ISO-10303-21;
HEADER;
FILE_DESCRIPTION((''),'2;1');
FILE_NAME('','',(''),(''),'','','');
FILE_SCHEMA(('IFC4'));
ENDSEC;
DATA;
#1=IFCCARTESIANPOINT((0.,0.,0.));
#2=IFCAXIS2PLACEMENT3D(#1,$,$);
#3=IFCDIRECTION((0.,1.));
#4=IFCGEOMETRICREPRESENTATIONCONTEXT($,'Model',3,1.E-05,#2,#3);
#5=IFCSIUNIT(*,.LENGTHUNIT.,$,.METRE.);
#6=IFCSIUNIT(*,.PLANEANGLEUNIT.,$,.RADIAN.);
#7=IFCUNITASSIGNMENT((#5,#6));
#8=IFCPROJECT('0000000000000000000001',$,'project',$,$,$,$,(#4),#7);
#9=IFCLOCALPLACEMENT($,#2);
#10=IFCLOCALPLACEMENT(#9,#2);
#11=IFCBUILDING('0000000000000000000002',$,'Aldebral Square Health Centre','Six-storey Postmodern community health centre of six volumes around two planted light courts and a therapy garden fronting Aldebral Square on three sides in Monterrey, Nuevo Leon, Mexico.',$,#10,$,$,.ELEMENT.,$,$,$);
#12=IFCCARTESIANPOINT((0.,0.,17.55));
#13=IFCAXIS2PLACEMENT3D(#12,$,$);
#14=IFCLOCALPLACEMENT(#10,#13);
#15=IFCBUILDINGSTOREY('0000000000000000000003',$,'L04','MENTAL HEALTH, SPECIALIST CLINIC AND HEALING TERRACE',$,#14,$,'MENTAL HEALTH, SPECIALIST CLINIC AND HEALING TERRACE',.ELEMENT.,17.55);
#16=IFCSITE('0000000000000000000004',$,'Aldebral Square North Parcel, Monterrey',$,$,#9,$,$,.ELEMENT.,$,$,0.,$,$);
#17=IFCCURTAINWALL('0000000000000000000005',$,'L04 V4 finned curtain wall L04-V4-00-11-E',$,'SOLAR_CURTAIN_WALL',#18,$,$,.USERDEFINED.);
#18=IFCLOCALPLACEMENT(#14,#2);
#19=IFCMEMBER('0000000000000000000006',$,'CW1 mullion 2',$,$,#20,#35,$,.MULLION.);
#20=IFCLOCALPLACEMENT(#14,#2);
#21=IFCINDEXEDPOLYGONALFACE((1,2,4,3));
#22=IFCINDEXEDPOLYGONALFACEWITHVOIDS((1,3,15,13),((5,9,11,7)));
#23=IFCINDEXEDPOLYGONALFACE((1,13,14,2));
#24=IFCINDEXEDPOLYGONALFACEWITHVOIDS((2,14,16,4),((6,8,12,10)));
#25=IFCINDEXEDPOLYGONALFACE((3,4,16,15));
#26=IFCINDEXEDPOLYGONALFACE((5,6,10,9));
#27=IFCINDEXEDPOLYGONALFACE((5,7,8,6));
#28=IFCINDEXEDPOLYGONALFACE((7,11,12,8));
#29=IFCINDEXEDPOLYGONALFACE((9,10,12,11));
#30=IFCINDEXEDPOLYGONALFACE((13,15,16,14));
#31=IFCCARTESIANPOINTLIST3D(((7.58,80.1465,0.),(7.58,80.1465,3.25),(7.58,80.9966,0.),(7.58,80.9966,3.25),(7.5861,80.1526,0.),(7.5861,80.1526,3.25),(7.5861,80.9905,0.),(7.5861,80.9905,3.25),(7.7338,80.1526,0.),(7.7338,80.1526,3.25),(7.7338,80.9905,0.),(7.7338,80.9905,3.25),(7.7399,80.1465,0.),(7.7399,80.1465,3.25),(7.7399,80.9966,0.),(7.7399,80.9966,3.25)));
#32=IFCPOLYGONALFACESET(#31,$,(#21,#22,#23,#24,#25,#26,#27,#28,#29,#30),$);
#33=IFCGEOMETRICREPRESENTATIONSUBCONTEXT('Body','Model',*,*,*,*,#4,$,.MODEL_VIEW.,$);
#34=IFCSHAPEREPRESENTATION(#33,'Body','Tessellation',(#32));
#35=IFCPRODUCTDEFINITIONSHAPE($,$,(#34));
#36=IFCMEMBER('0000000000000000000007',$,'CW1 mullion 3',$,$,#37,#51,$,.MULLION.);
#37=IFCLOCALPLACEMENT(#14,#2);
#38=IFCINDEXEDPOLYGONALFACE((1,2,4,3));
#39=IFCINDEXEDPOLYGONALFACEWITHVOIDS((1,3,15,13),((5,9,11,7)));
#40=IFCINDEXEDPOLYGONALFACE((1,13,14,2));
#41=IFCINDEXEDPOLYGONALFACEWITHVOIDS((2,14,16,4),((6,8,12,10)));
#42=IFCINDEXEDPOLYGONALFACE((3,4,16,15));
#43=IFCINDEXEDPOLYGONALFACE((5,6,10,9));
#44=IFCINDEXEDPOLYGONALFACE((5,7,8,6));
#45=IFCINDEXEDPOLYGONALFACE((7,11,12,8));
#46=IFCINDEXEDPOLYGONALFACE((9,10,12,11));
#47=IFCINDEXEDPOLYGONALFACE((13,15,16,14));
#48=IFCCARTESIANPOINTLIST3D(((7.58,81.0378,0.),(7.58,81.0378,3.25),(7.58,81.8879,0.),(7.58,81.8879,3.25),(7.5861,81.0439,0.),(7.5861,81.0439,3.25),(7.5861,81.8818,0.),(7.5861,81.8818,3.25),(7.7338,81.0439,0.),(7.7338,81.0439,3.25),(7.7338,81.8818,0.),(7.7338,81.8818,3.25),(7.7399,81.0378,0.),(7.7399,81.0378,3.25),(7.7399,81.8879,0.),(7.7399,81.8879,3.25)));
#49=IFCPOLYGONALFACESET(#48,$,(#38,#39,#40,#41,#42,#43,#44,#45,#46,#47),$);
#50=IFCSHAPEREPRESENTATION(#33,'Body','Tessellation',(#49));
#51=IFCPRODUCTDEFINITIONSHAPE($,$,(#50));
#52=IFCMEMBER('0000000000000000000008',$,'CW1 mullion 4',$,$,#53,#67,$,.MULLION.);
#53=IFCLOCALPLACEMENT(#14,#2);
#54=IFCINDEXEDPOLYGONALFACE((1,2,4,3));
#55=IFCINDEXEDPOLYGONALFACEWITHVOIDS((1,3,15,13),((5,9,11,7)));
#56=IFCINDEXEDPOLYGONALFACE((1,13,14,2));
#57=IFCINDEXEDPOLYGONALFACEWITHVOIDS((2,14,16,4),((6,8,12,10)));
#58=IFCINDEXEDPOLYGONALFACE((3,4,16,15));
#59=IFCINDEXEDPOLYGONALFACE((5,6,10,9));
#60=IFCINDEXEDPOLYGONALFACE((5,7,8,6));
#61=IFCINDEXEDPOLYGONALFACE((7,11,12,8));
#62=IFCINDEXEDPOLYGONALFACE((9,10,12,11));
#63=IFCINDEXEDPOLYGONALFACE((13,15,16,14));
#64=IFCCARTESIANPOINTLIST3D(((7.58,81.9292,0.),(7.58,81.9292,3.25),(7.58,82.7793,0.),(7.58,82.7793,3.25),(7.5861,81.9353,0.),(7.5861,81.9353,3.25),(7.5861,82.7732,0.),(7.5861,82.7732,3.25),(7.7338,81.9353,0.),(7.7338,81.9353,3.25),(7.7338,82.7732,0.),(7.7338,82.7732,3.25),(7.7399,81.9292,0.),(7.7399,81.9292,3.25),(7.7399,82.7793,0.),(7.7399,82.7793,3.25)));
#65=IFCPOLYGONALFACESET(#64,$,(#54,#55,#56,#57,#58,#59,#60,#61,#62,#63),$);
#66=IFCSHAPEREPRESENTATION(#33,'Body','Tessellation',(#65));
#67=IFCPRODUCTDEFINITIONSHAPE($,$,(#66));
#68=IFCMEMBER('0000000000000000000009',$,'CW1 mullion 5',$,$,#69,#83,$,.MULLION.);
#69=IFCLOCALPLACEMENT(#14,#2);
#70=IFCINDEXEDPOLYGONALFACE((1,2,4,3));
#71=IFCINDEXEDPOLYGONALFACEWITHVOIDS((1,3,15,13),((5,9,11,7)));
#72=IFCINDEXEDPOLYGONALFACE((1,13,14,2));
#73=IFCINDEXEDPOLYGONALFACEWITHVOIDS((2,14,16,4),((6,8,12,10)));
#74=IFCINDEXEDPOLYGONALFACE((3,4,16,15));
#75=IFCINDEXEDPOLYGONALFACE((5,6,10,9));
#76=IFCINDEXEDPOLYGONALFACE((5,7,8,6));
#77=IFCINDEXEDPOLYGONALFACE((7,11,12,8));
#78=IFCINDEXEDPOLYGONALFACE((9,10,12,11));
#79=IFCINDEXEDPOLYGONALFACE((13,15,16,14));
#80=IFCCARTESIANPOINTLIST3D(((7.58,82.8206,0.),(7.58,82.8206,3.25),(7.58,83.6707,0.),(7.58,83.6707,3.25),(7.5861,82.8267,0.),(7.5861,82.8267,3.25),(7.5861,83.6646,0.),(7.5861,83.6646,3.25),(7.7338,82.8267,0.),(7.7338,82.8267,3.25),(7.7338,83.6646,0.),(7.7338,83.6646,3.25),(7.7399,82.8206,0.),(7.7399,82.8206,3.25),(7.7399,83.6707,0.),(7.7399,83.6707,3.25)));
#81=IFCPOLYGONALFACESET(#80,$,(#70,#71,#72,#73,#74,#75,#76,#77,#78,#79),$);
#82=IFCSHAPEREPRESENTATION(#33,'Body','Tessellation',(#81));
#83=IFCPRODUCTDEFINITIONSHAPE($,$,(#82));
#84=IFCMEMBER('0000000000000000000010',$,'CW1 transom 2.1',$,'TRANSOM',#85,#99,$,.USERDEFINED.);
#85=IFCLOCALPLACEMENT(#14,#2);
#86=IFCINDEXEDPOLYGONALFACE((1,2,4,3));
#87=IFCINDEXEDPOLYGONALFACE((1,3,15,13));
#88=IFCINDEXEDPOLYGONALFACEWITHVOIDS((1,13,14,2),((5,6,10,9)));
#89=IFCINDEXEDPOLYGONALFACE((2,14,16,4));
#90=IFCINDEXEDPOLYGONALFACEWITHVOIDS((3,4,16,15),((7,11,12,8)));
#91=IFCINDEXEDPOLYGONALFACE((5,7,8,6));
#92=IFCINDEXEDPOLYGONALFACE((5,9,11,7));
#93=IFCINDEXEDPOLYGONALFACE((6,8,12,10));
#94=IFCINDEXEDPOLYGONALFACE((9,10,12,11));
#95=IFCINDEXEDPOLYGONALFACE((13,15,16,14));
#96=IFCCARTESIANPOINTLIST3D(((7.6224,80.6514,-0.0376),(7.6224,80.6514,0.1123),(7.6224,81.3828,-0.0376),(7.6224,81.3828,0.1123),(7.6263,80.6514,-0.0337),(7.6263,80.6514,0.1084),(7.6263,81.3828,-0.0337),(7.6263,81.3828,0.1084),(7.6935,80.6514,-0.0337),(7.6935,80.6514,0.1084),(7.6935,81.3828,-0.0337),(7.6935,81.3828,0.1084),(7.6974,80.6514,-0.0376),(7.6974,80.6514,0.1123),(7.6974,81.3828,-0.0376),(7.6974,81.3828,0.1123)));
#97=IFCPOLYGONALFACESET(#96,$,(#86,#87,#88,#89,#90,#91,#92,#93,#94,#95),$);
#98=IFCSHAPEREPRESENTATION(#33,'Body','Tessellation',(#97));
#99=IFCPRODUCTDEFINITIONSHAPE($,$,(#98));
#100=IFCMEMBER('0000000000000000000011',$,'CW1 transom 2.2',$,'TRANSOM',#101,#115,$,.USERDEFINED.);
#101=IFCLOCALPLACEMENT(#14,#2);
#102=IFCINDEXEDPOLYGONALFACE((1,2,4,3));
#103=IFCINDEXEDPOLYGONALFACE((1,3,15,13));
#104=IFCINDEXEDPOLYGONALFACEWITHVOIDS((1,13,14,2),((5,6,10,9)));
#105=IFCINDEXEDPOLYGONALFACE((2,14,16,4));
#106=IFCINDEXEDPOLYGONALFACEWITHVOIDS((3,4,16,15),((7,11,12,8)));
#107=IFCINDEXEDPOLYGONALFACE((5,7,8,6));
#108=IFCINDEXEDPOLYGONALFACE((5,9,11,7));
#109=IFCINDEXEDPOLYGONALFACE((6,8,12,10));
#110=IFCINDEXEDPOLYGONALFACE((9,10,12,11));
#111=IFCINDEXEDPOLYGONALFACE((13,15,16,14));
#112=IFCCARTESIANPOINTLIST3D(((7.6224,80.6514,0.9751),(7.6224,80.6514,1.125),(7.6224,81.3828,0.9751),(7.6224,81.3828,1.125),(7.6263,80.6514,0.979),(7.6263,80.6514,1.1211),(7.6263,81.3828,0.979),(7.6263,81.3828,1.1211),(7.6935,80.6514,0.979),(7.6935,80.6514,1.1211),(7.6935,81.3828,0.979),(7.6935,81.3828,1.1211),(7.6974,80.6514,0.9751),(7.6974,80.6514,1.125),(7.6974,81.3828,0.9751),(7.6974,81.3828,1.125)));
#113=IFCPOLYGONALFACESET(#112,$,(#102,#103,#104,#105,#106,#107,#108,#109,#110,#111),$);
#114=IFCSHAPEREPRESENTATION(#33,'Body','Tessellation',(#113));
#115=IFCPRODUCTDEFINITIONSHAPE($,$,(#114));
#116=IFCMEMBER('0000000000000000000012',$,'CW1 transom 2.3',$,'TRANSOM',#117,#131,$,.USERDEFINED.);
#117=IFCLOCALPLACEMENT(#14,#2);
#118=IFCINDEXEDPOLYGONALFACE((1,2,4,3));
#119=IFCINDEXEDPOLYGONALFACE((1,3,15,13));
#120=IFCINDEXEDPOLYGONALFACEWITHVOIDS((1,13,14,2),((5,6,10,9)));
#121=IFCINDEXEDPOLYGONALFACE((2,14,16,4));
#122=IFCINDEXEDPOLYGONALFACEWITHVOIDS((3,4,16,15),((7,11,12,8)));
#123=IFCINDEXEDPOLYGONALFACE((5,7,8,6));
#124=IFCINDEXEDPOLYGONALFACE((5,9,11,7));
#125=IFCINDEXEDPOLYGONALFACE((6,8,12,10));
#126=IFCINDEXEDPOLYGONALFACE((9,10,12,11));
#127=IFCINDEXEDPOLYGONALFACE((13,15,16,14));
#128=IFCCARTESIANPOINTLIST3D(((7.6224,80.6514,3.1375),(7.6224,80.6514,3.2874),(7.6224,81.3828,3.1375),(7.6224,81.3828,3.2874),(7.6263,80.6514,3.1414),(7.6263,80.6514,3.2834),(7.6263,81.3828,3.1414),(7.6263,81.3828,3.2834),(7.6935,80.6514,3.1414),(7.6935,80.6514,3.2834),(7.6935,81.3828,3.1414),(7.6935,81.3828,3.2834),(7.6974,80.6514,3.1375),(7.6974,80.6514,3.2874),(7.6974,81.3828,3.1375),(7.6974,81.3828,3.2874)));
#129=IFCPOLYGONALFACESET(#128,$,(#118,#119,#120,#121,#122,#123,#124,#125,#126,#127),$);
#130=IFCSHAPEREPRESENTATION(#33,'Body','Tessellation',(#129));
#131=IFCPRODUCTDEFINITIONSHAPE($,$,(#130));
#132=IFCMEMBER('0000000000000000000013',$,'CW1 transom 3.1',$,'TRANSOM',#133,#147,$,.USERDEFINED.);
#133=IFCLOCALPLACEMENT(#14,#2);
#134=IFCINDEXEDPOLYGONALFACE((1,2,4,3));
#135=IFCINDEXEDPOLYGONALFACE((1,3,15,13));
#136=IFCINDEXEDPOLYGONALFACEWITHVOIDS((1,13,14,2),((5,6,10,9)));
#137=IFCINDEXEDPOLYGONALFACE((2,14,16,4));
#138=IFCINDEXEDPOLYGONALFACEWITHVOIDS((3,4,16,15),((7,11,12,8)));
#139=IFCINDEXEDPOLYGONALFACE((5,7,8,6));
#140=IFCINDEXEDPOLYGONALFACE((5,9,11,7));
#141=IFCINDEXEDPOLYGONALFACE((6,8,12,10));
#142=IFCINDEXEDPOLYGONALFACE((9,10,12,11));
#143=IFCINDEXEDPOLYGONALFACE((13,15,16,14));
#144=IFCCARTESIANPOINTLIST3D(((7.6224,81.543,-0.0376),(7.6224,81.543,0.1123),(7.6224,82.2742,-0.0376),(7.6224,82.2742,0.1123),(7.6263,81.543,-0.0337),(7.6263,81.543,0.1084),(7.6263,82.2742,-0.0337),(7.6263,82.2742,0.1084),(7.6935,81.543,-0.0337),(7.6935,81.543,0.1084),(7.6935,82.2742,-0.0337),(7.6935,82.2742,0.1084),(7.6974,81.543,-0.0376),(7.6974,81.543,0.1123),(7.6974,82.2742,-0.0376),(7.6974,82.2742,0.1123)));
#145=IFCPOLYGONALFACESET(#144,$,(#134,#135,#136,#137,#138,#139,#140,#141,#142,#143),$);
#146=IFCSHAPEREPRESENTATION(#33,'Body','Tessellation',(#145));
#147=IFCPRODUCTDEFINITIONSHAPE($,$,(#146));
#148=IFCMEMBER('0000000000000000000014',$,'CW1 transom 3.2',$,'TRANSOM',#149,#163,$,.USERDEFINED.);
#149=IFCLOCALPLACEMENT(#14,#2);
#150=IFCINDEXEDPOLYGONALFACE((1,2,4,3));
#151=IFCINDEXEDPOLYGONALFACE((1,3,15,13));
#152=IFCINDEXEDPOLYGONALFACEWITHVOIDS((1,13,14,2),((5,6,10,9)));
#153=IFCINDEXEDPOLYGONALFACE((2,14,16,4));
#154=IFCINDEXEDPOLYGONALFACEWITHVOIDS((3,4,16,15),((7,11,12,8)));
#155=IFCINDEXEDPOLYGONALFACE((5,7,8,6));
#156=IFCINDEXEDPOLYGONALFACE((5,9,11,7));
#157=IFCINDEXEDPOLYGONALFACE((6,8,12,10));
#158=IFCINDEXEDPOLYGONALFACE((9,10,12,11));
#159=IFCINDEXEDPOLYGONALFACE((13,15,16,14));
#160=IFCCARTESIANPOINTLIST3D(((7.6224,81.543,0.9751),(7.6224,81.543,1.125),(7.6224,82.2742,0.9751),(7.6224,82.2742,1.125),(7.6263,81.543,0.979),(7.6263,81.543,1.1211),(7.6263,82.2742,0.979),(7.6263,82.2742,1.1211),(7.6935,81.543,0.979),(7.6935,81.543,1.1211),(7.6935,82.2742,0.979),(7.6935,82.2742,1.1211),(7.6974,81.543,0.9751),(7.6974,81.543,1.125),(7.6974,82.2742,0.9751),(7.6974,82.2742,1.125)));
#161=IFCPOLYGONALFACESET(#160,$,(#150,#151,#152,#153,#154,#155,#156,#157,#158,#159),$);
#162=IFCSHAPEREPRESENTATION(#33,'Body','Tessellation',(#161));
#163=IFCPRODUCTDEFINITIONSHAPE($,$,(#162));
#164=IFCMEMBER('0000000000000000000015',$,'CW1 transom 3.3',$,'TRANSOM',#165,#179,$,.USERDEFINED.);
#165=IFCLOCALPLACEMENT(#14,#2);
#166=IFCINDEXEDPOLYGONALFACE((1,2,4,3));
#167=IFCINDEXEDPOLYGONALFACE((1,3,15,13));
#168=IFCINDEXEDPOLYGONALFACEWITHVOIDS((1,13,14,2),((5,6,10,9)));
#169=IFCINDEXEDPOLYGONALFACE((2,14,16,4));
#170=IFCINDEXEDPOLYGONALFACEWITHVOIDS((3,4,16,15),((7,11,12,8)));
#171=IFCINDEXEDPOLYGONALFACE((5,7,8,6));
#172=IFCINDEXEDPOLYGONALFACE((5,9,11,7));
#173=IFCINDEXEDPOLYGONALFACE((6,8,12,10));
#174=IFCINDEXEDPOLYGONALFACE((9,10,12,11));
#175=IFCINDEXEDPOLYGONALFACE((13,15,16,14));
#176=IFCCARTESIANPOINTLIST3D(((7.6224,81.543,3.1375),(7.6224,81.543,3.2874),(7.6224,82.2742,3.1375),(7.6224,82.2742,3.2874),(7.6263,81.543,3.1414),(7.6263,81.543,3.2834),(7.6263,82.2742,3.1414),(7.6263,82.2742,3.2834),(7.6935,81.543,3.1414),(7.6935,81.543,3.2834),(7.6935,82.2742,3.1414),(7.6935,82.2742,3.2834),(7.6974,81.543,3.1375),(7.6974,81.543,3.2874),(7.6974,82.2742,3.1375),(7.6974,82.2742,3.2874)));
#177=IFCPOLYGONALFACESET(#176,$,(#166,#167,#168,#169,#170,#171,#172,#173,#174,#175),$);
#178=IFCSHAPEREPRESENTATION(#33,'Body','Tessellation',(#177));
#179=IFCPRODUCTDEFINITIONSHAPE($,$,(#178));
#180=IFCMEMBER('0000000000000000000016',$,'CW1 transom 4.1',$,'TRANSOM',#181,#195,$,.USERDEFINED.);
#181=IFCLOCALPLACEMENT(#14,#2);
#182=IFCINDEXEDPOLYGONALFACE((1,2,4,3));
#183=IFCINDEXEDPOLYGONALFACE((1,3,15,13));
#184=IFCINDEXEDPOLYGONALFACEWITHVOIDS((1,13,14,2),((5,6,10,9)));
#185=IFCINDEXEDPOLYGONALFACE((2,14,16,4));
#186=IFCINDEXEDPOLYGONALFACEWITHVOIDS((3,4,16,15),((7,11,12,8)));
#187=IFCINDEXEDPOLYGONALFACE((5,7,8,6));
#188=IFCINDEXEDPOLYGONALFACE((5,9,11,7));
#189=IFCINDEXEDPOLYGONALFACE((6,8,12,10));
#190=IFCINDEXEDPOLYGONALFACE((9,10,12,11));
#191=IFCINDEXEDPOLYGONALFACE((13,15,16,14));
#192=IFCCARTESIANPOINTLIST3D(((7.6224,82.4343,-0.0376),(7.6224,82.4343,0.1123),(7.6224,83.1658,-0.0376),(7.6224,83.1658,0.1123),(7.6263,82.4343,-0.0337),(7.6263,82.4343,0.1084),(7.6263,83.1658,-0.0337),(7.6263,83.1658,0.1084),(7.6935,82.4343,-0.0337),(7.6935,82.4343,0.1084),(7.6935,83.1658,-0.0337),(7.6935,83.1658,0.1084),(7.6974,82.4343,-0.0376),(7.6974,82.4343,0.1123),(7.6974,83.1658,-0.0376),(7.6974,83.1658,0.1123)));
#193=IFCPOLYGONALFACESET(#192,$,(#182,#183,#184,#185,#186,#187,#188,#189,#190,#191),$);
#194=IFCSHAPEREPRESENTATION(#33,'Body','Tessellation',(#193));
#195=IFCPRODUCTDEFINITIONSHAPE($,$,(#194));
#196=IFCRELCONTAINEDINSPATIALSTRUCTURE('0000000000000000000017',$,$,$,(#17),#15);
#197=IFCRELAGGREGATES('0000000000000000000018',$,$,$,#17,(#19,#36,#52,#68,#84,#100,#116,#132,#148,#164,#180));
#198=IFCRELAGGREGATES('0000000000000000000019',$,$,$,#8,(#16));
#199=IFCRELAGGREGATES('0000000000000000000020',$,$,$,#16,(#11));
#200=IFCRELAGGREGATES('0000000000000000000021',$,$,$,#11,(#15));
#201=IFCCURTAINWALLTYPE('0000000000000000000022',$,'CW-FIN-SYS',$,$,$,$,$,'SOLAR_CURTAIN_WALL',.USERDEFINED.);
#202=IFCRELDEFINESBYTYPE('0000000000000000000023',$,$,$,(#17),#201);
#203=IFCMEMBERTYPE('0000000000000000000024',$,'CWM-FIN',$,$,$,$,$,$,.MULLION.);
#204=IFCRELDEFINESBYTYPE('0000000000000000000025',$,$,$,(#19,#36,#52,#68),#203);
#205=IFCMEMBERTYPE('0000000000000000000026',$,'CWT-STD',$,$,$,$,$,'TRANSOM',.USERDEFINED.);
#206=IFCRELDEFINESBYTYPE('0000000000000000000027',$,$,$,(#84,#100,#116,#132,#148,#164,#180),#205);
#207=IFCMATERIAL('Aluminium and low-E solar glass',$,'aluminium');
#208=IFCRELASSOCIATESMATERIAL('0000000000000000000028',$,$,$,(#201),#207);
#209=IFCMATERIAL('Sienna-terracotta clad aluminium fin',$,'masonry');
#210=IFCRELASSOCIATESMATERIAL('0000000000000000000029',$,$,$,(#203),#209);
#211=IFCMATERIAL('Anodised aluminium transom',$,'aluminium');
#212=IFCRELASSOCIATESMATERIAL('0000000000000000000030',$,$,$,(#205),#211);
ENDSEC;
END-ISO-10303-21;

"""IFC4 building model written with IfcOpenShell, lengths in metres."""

from ifc_helpers import new_model, si_unit, direction, frame, origin, origin_2d, place, context, subcontext, project, spatial, hollow_rectangle, extrude, material, material_profile, profile_set, type_object, element, aggregate, save


model = new_model("IFC4")

# Units and contexts
model_context = context("Model", 3, precision=1e-05, world=origin(), true_north=direction((0.0, 1.0)))
body_context = subcontext(model_context, "Body", "Model", "MODEL_VIEW")
ifc_project = project(units=[si_unit("LENGTHUNIT", "METRE"), si_unit("PLANEANGLEUNIT", "RADIAN")], contexts=[model_context])

# Site, building, storey
site_placement = place(None, origin())
site = spatial("IfcSite", under=ifc_project, at=site_placement, Name="Aldebral Square North Parcel, Monterrey", CompositionType="ELEMENT", RefElevation=0.0)
building_placement = place(site_placement, origin())
building = spatial("IfcBuilding", under=site, at=building_placement, Name="Aldebral Square Health Centre", Description="Six-storey Postmodern community health centre of six volumes around two planted light courts and a therapy garden fronting Aldebral Square on three sides in Monterrey, Nuevo Leon, Mexico.", CompositionType="ELEMENT")
storey_placement = place(building_placement, frame((0.0, 0.0, 17.55)))
storey = spatial("IfcBuildingStorey", under=building, at=storey_placement, Name="L04", Description="MENTAL HEALTH, SPECIALIST CLINIC AND HEALING TERRACE", LongName="MENTAL HEALTH, SPECIALIST CLINIC AND HEALING TERRACE", CompositionType="ELEMENT", Elevation=17.55)

# Curtain wall, members
ifc_material_1 = material(Name="Aluminium and low-E solar glass", Category="aluminium")
curtain_wall_type = type_object("IfcCurtainWallType", Name="CW-FIN-SYS", ElementType="SOLAR_CURTAIN_WALL", PredefinedType="USERDEFINED", material=ifc_material_1)
curtain_wall_placement = place(storey_placement, origin())
curtain_wall = element("IfcCurtainWall", 1, at=curtain_wall_placement, inside=storey, type_object=curtain_wall_type, Name="L04 V4 finned curtain wall L04-V4-00-11-E", ObjectType="SOLAR_CURTAIN_WALL", PredefinedType="USERDEFINED")
ifc_material_2 = material(Name="Sienna-terracotta clad aluminium fin", Category="masonry")
ifc_material_profile_1 = material_profile(ifc_material_2, hollow_rectangle(XDim=0.1599, YDim=0.8501, WallThickness=0.0061, at=origin_2d()), Name="FIN 160x850x6")
ifc_profile_set_1 = profile_set([ifc_material_profile_1], Name="Sienna-terracotta clad aluminium fin")
member_type_1 = type_object("IfcMemberType", Name="CWM-FIN", PredefinedType="MULLION", material=ifc_profile_set_1)
member_1_placement = place(storey_placement, frame((7.6599, 80.5715, 0.0), z_axis=(0.0, 0.0, 1.0), x_axis=(-1.0, 0.0, 0.0)))
member_1 = element("IfcMember", 2, at=member_1_placement, type_object=member_type_1, Name="CW1 mullion 2", PredefinedType="MULLION", context=body_context, shape_type="SweptSolid", body=[
    extrude(hollow_rectangle(XDim=0.1599, YDim=0.8501, WallThickness=0.0061, at=origin_2d()), origin(), (0.0, 0.0, 1.0), 3.25),
])
member_2_placement = place(storey_placement, frame((7.6599, 81.4629, 0.0), z_axis=(0.0, 0.0, 1.0), x_axis=(-1.0, 0.0, 0.0)))
member_2 = element("IfcMember", 3, at=member_2_placement, type_object=member_type_1, Name="CW1 mullion 3", PredefinedType="MULLION", context=body_context, shape_type="SweptSolid", body=[
    extrude(hollow_rectangle(XDim=0.1599, YDim=0.8501, WallThickness=0.0061, at=origin_2d()), origin(), (0.0, 0.0, 1.0), 3.25),
])
member_3_placement = place(storey_placement, frame((7.6599, 82.3542, 0.0), z_axis=(0.0, 0.0, 1.0), x_axis=(-1.0, 0.0, 0.0)))
member_3 = element("IfcMember", 4, at=member_3_placement, type_object=member_type_1, Name="CW1 mullion 4", PredefinedType="MULLION", context=body_context, shape_type="SweptSolid", body=[
    extrude(hollow_rectangle(XDim=0.1599, YDim=0.8501, WallThickness=0.0061, at=origin_2d()), origin(), (0.0, 0.0, 1.0), 3.25),
])
member_4_placement = place(storey_placement, frame((7.6599, 83.2456, 0.0), z_axis=(0.0, 0.0, 1.0), x_axis=(-1.0, 0.0, 0.0)))
member_4 = element("IfcMember", 5, at=member_4_placement, type_object=member_type_1, Name="CW1 mullion 5", PredefinedType="MULLION", context=body_context, shape_type="SweptSolid", body=[
    extrude(hollow_rectangle(XDim=0.1599, YDim=0.8501, WallThickness=0.0061, at=origin_2d()), origin(), (0.0, 0.0, 1.0), 3.25),
])
ifc_material_3 = material(Name="Anodised aluminium transom", Category="aluminium")
ifc_material_profile_2 = material_profile(ifc_material_3, hollow_rectangle(XDim=0.075, YDim=0.1499, WallThickness=0.0039, at=origin_2d()), Name="CWT 75x150x4")
ifc_profile_set_2 = profile_set([ifc_material_profile_2], Name="Anodised aluminium transom")
member_type_2 = type_object("IfcMemberType", Name="CWT-STD", ElementType="TRANSOM", PredefinedType="USERDEFINED", material=ifc_profile_set_2)
member_5_placement = place(storey_placement, frame((7.6599, 80.6514, 0.0374), z_axis=(0.0, 1.0, 0.0), x_axis=(-1.0, 0.0, 0.0)))
member_5 = element("IfcMember", 6, at=member_5_placement, type_object=member_type_2, Name="CW1 transom 2.1", ObjectType="TRANSOM", PredefinedType="USERDEFINED", context=body_context, shape_type="SweptSolid", body=[
    extrude(hollow_rectangle(XDim=0.075, YDim=0.1499, WallThickness=0.0039, at=origin_2d()), origin(), (0.0, 0.0, 1.0), 0.7314),
])
member_6_placement = place(storey_placement, frame((7.6599, 80.6514, 1.05), z_axis=(0.0, 1.0, 0.0), x_axis=(-1.0, 0.0, 0.0)))
member_6 = element("IfcMember", 7, at=member_6_placement, type_object=member_type_2, Name="CW1 transom 2.2", ObjectType="TRANSOM", PredefinedType="USERDEFINED", context=body_context, shape_type="SweptSolid", body=[
    extrude(hollow_rectangle(XDim=0.075, YDim=0.1499, WallThickness=0.0039, at=origin_2d()), origin(), (0.0, 0.0, 1.0), 0.7314),
])
member_7_placement = place(storey_placement, frame((7.6599, 80.6514, 3.2124), z_axis=(0.0, 1.0, 0.0), x_axis=(-1.0, 0.0, 0.0)))
member_7 = element("IfcMember", 8, at=member_7_placement, type_object=member_type_2, Name="CW1 transom 2.3", ObjectType="TRANSOM", PredefinedType="USERDEFINED", context=body_context, shape_type="SweptSolid", body=[
    extrude(hollow_rectangle(XDim=0.075, YDim=0.1499, WallThickness=0.0039, at=origin_2d()), origin(), (0.0, 0.0, 1.0), 0.7314),
])
member_8_placement = place(storey_placement, frame((7.6599, 81.543, 0.0374), z_axis=(0.0, 1.0, 0.0), x_axis=(-1.0, 0.0, 0.0)))
member_8 = element("IfcMember", 9, at=member_8_placement, type_object=member_type_2, Name="CW1 transom 3.1", ObjectType="TRANSOM", PredefinedType="USERDEFINED", context=body_context, shape_type="SweptSolid", body=[
    extrude(hollow_rectangle(XDim=0.075, YDim=0.1499, WallThickness=0.0039, at=origin_2d()), origin(), (0.0, 0.0, 1.0), 0.7312),
])
member_9_placement = place(storey_placement, frame((7.6599, 81.543, 1.05), z_axis=(0.0, 1.0, 0.0), x_axis=(-1.0, 0.0, 0.0)))
member_9 = element("IfcMember", 10, at=member_9_placement, type_object=member_type_2, Name="CW1 transom 3.2", ObjectType="TRANSOM", PredefinedType="USERDEFINED", context=body_context, shape_type="SweptSolid", body=[
    extrude(hollow_rectangle(XDim=0.075, YDim=0.1499, WallThickness=0.0039, at=origin_2d()), origin(), (0.0, 0.0, 1.0), 0.7312),
])
member_10_placement = place(storey_placement, frame((7.6599, 81.543, 3.2124), z_axis=(0.0, 1.0, 0.0), x_axis=(-1.0, 0.0, 0.0)))
member_10 = element("IfcMember", 11, at=member_10_placement, type_object=member_type_2, Name="CW1 transom 3.3", ObjectType="TRANSOM", PredefinedType="USERDEFINED", context=body_context, shape_type="SweptSolid", body=[
    extrude(hollow_rectangle(XDim=0.075, YDim=0.1499, WallThickness=0.0039, at=origin_2d()), origin(), (0.0, 0.0, 1.0), 0.7312),
])
member_11_placement = place(storey_placement, frame((7.6599, 82.4343, 0.0374), z_axis=(0.0, 1.0, 0.0), x_axis=(-1.0, 0.0, 0.0)))
member_11 = element("IfcMember", 12, at=member_11_placement, type_object=member_type_2, Name="CW1 transom 4.1", ObjectType="TRANSOM", PredefinedType="USERDEFINED", context=body_context, shape_type="SweptSolid", body=[
    extrude(hollow_rectangle(XDim=0.075, YDim=0.1499, WallThickness=0.0039, at=origin_2d()), origin(), (0.0, 0.0, 1.0), 0.7314),
])
aggregate(curtain_wall, [member_1, member_2, member_3, member_4, member_5, member_6, member_7, member_8, member_9, member_10, member_11])

save(model, "model.ifc")
